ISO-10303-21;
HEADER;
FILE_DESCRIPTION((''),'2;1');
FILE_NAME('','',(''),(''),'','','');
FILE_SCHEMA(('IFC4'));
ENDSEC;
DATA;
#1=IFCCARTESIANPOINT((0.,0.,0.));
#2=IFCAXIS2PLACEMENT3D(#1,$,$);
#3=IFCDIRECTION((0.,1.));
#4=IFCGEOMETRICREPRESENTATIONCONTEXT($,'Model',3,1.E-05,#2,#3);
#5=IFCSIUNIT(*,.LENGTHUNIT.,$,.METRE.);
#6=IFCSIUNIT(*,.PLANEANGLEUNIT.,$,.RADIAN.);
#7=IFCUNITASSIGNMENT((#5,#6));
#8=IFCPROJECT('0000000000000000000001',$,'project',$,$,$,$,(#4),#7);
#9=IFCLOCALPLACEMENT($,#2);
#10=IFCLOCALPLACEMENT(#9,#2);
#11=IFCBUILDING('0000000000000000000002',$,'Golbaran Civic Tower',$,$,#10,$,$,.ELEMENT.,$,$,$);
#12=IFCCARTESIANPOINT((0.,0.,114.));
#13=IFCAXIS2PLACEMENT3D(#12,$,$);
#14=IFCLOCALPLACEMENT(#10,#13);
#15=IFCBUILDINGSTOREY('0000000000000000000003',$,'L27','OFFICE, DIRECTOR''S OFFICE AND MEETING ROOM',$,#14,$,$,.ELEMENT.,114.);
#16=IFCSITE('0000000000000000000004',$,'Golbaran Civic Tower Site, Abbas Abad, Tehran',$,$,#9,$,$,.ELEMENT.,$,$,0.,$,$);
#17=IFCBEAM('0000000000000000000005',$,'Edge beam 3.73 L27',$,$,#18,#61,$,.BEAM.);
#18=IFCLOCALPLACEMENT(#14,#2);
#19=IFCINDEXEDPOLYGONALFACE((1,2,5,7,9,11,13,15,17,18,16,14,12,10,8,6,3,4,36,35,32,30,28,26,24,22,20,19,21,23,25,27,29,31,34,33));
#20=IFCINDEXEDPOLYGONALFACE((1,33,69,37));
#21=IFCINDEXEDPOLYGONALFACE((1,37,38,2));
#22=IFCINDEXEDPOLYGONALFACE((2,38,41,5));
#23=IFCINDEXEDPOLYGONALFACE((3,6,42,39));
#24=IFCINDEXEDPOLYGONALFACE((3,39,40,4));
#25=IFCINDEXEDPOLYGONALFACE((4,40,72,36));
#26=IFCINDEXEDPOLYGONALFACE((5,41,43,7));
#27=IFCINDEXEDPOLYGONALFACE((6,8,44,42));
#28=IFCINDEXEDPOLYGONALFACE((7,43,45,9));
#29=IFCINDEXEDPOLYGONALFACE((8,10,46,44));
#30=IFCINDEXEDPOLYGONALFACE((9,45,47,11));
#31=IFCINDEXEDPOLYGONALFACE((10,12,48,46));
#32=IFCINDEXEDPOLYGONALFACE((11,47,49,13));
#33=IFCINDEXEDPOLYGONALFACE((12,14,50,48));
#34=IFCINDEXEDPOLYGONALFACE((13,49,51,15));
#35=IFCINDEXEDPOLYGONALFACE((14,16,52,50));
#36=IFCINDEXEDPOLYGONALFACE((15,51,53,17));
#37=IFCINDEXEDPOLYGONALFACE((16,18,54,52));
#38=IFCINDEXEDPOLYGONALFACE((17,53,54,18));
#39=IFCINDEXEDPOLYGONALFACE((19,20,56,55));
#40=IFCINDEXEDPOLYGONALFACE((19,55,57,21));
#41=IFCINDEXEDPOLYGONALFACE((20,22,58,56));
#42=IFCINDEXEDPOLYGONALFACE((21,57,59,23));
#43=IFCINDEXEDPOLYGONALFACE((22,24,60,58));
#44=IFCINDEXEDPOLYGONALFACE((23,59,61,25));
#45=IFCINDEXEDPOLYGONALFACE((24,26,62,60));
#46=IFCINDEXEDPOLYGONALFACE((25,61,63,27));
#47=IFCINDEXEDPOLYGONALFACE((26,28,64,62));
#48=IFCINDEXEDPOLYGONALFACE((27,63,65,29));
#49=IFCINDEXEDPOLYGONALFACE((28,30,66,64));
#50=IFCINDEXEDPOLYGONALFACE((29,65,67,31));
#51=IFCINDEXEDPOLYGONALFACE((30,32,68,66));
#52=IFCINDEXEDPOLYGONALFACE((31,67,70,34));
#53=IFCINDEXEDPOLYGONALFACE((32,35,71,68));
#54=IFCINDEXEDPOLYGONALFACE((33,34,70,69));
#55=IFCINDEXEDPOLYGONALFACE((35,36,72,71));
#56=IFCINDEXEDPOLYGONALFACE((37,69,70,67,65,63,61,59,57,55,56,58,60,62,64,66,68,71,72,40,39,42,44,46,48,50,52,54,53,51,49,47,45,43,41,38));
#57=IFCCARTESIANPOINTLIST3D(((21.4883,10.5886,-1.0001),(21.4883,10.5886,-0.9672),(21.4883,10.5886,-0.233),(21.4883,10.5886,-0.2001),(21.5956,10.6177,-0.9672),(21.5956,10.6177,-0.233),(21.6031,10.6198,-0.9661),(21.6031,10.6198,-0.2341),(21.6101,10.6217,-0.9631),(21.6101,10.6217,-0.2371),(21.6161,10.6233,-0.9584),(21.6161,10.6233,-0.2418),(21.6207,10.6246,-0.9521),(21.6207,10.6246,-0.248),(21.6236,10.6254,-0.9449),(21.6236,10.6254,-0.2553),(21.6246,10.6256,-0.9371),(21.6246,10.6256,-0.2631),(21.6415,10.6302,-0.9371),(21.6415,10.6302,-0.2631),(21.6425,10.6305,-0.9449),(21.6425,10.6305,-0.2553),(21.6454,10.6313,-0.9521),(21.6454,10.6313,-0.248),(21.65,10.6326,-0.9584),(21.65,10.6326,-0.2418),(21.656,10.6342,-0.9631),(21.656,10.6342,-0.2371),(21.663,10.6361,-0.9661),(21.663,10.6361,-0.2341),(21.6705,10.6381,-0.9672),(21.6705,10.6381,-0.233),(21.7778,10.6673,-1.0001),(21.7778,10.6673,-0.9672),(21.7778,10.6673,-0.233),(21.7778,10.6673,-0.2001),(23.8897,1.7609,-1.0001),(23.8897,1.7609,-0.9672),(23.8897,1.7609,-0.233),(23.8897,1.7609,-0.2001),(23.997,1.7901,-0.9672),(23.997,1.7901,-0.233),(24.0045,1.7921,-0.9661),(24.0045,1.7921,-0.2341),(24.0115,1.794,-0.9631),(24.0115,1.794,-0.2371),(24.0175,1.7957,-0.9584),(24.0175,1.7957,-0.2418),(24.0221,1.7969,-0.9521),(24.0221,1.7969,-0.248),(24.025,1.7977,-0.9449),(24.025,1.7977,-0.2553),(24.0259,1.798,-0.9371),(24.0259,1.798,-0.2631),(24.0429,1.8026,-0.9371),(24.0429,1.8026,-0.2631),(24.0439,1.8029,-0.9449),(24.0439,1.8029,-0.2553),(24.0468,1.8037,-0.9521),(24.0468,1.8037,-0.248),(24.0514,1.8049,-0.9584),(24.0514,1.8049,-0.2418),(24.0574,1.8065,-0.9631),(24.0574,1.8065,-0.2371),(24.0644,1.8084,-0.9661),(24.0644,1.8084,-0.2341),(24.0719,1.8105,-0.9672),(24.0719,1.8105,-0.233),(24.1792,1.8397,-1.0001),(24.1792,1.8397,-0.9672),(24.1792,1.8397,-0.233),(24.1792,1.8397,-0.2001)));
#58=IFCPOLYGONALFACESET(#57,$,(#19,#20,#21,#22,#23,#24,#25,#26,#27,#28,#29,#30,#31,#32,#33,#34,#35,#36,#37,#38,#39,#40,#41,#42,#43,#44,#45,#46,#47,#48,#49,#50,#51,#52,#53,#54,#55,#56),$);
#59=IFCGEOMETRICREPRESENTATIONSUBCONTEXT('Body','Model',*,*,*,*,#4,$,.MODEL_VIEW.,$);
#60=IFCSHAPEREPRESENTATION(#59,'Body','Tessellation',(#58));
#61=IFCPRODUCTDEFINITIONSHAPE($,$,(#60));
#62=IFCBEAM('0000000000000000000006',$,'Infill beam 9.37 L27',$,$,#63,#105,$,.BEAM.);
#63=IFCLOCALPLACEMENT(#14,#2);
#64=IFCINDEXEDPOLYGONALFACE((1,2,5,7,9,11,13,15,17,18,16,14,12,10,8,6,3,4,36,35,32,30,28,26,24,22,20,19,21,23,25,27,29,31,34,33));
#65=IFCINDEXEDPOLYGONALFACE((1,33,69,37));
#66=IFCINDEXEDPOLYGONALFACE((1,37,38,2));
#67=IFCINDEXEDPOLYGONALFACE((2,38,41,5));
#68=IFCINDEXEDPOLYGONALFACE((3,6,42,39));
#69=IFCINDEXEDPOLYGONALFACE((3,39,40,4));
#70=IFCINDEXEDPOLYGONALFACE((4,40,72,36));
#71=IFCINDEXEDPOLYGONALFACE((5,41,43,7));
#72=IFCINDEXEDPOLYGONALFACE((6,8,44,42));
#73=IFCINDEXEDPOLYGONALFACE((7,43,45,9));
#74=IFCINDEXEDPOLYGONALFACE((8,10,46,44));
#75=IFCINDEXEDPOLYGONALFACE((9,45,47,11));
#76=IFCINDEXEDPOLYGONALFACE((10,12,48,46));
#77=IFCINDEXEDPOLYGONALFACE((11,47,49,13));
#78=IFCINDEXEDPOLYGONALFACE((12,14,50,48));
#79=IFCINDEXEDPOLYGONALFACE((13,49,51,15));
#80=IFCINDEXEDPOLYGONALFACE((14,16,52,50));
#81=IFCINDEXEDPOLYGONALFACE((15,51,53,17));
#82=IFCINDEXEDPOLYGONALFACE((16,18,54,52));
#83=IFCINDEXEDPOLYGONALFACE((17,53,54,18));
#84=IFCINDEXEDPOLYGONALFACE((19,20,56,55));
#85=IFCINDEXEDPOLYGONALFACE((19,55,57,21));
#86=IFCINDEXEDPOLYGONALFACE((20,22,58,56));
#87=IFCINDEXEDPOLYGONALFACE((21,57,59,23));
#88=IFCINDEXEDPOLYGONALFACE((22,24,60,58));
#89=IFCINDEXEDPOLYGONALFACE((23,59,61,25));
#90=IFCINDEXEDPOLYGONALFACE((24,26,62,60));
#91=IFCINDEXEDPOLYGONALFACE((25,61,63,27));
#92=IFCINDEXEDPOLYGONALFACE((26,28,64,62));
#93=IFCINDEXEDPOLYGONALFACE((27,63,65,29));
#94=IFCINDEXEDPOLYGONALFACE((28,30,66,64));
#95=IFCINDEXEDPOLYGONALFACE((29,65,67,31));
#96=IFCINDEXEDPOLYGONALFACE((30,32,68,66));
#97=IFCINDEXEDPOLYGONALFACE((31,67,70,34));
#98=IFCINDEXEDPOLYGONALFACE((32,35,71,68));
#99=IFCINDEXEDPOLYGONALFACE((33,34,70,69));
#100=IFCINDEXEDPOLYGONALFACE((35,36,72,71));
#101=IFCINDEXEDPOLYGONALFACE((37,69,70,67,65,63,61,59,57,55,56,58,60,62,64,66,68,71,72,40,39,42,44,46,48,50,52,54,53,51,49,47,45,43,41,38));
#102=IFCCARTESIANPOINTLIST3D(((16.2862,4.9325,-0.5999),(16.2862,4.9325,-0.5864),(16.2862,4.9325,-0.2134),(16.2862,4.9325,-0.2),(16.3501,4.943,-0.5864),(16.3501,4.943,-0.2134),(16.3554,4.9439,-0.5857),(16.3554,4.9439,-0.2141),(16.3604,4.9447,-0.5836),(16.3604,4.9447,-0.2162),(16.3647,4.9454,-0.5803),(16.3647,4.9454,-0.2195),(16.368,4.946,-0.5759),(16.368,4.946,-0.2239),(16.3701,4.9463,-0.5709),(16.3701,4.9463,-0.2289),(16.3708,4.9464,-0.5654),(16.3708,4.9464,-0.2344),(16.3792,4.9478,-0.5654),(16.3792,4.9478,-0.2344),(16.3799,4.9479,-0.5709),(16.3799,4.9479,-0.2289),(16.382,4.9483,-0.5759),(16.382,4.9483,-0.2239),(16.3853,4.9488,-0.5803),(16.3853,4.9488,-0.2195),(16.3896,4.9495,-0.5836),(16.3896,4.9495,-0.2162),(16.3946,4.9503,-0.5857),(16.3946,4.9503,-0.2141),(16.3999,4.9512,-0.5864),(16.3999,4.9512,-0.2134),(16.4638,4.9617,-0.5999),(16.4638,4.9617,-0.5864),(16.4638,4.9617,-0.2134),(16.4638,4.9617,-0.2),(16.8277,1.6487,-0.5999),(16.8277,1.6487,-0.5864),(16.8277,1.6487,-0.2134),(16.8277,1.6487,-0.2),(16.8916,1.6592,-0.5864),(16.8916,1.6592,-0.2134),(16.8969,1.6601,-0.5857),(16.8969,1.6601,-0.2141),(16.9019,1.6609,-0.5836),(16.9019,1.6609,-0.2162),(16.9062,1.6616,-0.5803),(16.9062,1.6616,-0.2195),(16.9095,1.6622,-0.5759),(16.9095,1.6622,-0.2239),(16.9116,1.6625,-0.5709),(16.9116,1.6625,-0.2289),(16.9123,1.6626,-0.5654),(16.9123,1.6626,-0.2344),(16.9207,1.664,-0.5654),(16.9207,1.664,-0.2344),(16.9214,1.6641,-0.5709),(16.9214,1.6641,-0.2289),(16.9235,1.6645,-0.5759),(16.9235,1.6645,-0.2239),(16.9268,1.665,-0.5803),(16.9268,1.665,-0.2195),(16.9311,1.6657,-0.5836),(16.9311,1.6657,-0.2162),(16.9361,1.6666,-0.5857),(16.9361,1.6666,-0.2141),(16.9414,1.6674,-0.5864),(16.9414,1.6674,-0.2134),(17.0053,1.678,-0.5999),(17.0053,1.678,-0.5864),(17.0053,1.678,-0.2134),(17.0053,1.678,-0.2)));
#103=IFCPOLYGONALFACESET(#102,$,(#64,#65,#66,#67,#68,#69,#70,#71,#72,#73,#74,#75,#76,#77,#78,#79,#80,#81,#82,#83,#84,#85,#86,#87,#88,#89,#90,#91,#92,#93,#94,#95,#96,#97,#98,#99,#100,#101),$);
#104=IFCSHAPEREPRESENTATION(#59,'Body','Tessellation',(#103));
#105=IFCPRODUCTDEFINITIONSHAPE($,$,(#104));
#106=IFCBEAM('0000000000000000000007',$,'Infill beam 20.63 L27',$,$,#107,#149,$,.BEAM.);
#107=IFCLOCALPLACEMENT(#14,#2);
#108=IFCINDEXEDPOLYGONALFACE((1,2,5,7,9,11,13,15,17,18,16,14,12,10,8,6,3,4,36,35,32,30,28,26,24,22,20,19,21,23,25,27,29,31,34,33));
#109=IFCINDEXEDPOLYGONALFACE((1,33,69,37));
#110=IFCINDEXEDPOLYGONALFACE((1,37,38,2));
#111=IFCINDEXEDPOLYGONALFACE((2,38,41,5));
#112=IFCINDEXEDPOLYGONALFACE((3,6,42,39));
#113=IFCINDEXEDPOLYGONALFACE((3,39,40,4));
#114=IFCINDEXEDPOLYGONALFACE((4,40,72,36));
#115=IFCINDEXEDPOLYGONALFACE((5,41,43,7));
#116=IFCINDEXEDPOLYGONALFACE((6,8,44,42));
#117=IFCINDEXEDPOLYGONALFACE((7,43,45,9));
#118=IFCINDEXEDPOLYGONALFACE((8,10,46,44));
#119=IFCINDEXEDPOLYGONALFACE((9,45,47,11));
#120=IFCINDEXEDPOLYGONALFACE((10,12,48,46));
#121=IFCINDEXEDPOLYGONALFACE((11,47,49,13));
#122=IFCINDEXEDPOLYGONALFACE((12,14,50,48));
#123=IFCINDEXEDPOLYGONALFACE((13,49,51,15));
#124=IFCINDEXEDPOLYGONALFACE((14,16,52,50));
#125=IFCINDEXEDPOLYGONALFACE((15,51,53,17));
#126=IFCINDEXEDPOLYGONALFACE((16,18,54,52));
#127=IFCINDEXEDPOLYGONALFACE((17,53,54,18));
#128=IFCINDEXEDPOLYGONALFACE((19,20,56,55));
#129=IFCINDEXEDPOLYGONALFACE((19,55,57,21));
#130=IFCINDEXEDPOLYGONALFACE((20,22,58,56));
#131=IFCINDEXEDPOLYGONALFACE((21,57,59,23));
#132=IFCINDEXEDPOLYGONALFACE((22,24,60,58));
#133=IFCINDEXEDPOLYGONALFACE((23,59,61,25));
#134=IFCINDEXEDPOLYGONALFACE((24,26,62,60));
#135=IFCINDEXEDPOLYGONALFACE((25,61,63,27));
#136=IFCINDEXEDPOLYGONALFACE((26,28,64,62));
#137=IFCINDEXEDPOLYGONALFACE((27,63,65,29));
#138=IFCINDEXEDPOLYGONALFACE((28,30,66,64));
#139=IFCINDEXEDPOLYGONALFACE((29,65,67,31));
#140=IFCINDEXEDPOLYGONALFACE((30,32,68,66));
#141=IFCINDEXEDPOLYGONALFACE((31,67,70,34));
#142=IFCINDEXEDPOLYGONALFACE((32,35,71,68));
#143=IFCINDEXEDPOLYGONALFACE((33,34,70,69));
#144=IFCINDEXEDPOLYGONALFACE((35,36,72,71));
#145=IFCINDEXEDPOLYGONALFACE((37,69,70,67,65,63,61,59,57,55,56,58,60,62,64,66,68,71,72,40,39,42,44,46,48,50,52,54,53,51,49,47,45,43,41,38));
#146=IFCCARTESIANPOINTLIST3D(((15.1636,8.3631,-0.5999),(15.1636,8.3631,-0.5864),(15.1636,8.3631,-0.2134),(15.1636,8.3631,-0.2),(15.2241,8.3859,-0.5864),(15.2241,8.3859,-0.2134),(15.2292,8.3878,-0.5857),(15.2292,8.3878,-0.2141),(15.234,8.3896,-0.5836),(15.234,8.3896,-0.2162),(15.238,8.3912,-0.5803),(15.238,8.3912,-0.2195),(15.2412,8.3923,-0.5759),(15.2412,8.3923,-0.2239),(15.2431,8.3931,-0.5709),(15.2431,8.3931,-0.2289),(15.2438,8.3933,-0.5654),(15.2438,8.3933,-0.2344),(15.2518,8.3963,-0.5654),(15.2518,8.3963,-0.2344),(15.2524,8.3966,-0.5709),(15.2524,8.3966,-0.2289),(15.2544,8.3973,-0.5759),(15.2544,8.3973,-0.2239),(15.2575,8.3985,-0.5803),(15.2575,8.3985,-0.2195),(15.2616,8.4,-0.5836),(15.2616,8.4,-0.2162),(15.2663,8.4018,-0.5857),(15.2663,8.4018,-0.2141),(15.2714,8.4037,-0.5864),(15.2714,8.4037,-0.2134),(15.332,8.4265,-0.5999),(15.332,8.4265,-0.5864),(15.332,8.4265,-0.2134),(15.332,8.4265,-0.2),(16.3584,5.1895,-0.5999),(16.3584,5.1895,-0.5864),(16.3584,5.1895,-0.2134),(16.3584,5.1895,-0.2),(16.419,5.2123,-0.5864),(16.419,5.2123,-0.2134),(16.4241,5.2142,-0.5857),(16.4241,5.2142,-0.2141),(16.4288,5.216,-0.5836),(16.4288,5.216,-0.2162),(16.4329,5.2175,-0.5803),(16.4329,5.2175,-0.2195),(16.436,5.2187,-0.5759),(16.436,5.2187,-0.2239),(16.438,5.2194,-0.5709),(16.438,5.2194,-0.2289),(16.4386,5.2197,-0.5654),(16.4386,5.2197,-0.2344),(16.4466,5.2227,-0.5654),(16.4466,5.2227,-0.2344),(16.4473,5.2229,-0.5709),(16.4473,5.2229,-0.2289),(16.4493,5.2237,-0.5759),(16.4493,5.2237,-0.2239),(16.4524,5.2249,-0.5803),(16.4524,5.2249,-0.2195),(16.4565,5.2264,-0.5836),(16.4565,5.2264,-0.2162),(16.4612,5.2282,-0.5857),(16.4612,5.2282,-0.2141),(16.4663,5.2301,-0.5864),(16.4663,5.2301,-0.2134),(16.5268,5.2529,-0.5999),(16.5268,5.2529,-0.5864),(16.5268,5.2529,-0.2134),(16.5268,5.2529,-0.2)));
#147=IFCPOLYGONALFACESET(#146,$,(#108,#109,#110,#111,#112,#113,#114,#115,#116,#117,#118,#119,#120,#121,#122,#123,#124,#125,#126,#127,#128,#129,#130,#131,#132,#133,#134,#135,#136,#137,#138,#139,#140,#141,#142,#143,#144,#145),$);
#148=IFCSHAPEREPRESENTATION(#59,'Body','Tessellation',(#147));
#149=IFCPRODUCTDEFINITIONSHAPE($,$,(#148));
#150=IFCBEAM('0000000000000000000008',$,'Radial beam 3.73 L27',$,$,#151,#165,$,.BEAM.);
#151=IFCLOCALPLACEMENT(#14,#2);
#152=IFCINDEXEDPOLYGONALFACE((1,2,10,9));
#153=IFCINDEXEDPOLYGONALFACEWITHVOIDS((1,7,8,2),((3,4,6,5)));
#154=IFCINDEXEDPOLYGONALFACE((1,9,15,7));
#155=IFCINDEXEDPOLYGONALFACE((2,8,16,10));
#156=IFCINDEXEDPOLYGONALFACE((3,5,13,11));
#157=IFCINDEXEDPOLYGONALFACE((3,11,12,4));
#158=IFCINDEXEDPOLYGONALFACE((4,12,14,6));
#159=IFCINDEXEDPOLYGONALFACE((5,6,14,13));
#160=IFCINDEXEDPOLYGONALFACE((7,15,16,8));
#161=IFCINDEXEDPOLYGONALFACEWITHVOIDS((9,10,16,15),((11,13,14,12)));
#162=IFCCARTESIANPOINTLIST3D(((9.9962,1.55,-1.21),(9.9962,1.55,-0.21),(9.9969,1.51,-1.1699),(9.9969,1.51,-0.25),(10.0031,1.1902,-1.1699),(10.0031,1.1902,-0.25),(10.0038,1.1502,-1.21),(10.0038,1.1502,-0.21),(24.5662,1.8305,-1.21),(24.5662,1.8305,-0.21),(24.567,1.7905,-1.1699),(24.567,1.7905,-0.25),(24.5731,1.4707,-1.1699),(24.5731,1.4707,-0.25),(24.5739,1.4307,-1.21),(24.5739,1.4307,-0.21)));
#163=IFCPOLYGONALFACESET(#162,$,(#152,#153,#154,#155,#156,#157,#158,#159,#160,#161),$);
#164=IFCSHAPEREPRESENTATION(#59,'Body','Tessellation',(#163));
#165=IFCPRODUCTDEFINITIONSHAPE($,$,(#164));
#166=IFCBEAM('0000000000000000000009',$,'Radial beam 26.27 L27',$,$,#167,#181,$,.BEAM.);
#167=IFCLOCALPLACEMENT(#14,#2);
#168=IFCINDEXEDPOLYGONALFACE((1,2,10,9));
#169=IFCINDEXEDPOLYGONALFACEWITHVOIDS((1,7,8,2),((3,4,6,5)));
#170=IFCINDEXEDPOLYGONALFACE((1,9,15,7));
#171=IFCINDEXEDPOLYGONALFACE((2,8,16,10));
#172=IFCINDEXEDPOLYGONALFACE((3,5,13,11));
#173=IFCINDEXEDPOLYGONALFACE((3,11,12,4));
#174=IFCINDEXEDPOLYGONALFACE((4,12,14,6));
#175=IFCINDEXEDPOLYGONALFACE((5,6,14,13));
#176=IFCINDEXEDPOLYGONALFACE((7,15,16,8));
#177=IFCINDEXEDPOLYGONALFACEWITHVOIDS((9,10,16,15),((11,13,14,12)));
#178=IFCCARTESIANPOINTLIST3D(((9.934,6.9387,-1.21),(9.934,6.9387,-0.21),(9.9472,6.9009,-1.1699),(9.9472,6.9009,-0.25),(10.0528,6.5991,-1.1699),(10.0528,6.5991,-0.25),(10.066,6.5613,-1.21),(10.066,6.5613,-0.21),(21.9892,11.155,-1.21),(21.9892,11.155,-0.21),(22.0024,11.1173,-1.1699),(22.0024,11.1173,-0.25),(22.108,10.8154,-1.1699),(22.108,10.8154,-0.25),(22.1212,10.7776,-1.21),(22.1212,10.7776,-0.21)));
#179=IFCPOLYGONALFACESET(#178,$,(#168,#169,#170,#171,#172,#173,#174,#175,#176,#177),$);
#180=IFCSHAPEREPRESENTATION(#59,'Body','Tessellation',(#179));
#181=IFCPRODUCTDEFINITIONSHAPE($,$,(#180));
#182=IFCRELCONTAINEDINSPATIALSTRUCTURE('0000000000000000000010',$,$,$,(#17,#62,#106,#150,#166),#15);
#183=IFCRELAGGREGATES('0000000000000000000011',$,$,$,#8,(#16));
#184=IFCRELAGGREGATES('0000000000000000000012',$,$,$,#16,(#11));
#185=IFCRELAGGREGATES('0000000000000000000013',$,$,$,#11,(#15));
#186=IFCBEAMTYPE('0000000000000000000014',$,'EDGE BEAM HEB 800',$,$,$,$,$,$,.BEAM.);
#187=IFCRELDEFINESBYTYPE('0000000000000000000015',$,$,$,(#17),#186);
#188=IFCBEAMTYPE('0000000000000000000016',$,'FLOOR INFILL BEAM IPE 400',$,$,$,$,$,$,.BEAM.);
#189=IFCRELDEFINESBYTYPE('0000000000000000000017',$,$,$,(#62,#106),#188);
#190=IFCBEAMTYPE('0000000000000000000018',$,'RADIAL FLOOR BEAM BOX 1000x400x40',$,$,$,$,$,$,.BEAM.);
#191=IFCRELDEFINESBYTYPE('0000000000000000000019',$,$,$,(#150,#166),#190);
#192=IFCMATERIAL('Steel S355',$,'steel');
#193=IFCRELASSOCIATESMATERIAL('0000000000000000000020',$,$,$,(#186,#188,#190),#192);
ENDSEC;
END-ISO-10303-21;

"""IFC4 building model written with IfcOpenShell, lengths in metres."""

from ifc_helpers import new_model, si_unit, direction, frame, origin, origin_2d, place, context, subcontext, project, spatial, hollow_rectangle, i_section, extrude, material, material_profile, profile_set, type_object, element, save


model = new_model("IFC4")

# Units and contexts
model_context = context("Model", 3, precision=1e-05, world=origin(), true_north=direction((0.0, 1.0)))
body_context = subcontext(model_context, "Body", "Model", "MODEL_VIEW")
ifc_project = project(units=[si_unit("LENGTHUNIT", "METRE"), si_unit("PLANEANGLEUNIT", "RADIAN")], contexts=[model_context])

# Site, building, storey
site_placement = place(None, origin())
site = spatial("IfcSite", under=ifc_project, at=site_placement, Name="Golbaran Civic Tower Site, Abbas Abad, Tehran", CompositionType="ELEMENT", RefElevation=0.0)
building_placement = place(site_placement, origin())
building = spatial("IfcBuilding", under=site, at=building_placement, Name="Golbaran Civic Tower", CompositionType="ELEMENT")
storey_placement = place(building_placement, frame((0.0, 0.0, 114.0)))
storey = spatial("IfcBuildingStorey", under=building, at=storey_placement, Name="L27", Description="OFFICE, DIRECTOR'S OFFICE AND MEETING ROOM", CompositionType="ELEMENT", Elevation=114.0)

# Beams
ifc_material_1 = material(Name="Steel S355", Category="steel")
ifc_material_profile_1 = material_profile(ifc_material_1, i_section(OverallWidth=0.3, OverallDepth=0.8, WebThickness=0.0176, FlangeThickness=0.033, FilletRadius=0.03, at=origin_2d()), Name="HEB 800")
ifc_profile_set_1 = profile_set([ifc_material_profile_1], Name="Steel S355")
beam_type_1 = type_object("IfcBeamType", Name="EDGE BEAM HEB 800", PredefinedType="BEAM", material=ifc_profile_set_1)
beam_1_placement = place(storey_placement, frame((24.0344, 1.8003, -0.6001), z_axis=(-0.26249, 0.964935, 0.0), x_axis=(-0.964935, -0.26249, 0.0)))
element("IfcBeam", 1, at=beam_1_placement, inside=storey, type_object=beam_type_1, Name="Edge beam 3.73 L27", PredefinedType="BEAM", context=body_context, shape_type="SweptSolid", body=[
    extrude(i_section(OverallWidth=0.3, OverallDepth=0.8, WebThickness=0.0176, FlangeThickness=0.033, FilletRadius=0.03, at=origin_2d()), origin(), (0.0, 0.0, 1.0), 9.1484),
])
ifc_material_profile_2 = material_profile(ifc_material_1, i_section(OverallWidth=0.1799, OverallDepth=0.3999, WebThickness=0.0085, FlangeThickness=0.0134, FilletRadius=0.021, at=origin_2d()), Name="IPE 400")
ifc_profile_set_2 = profile_set([ifc_material_profile_2], Name="Steel S355")
beam_type_2 = type_object("IfcBeamType", Name="FLOOR INFILL BEAM IPE 400", PredefinedType="BEAM", material=ifc_profile_set_2)
beam_2_placement = place(storey_placement, frame((16.9165, 1.6633, -0.3999), z_axis=(-0.16271, 0.986674, 0.0), x_axis=(-0.986674, -0.16271, 0.0)))
element("IfcBeam", 2, at=beam_2_placement, inside=storey, type_object=beam_type_2, Name="Infill beam 9.37 L27", PredefinedType="BEAM", context=body_context, shape_type="SweptSolid", body=[
    extrude(i_section(OverallWidth=0.1799, OverallDepth=0.3999, WebThickness=0.0085, FlangeThickness=0.0134, FilletRadius=0.021, at=origin_2d()), origin(), (0.0, 0.0, 1.0), 3.3281),
])
beam_3_placement = place(storey_placement, frame((16.4426, 5.2212, -0.3999), z_axis=(-0.352346, 0.93587, 0.0), x_axis=(-0.93587, -0.352346, 0.0)))
element("IfcBeam", 3, at=beam_3_placement, inside=storey, type_object=beam_type_2, Name="Infill beam 20.63 L27", PredefinedType="BEAM", context=body_context, shape_type="SweptSolid", body=[
    extrude(i_section(OverallWidth=0.1799, OverallDepth=0.3999, WebThickness=0.0085, FlangeThickness=0.0134, FilletRadius=0.021, at=origin_2d()), origin(), (0.0, 0.0, 1.0), 3.3911),
])
ifc_material_profile_3 = material_profile(ifc_material_1, hollow_rectangle(XDim=0.3999, YDim=1.0, WallThickness=0.04, at=origin_2d()), Name="BOX 1000x400x40")
ifc_profile_set_3 = profile_set([ifc_material_profile_3], Name="Steel S355")
beam_type_3 = type_object("IfcBeamType", Name="RADIAL FLOOR BEAM BOX 1000x400x40", PredefinedType="BEAM", material=ifc_profile_set_3)
beam_4_placement = place(storey_placement, frame((10.0, 1.3501, -0.71), z_axis=(0.999815, 0.019249, 0.0), x_axis=(-0.019249, 0.999815, 0.0)))
element("IfcBeam", 4, at=beam_4_placement, inside=storey, type_object=beam_type_3, Name="Radial beam 3.73 L27", PredefinedType="BEAM", context=body_context, shape_type="SweptSolid", body=[
    extrude(hollow_rectangle(XDim=0.3999, YDim=1.0, WallThickness=0.04, at=origin_2d()), origin(), (0.0, 0.0, 1.0), 14.5728),
])
beam_5_placement = place(storey_placement, frame((10.0, 6.75, -0.71), z_axis=(0.943932, 0.330141, 0.0), x_axis=(-0.330141, 0.943932, 0.0)))
element("IfcBeam", 5, at=beam_5_placement, inside=storey, type_object=beam_type_3, Name="Radial beam 26.27 L27", PredefinedType="BEAM", context=body_context, shape_type="SweptSolid", body=[
    extrude(hollow_rectangle(XDim=0.3999, YDim=1.0, WallThickness=0.04, at=origin_2d()), origin(), (0.0, 0.0, 1.0), 12.7712),
])

save(model, "model.ifc")
